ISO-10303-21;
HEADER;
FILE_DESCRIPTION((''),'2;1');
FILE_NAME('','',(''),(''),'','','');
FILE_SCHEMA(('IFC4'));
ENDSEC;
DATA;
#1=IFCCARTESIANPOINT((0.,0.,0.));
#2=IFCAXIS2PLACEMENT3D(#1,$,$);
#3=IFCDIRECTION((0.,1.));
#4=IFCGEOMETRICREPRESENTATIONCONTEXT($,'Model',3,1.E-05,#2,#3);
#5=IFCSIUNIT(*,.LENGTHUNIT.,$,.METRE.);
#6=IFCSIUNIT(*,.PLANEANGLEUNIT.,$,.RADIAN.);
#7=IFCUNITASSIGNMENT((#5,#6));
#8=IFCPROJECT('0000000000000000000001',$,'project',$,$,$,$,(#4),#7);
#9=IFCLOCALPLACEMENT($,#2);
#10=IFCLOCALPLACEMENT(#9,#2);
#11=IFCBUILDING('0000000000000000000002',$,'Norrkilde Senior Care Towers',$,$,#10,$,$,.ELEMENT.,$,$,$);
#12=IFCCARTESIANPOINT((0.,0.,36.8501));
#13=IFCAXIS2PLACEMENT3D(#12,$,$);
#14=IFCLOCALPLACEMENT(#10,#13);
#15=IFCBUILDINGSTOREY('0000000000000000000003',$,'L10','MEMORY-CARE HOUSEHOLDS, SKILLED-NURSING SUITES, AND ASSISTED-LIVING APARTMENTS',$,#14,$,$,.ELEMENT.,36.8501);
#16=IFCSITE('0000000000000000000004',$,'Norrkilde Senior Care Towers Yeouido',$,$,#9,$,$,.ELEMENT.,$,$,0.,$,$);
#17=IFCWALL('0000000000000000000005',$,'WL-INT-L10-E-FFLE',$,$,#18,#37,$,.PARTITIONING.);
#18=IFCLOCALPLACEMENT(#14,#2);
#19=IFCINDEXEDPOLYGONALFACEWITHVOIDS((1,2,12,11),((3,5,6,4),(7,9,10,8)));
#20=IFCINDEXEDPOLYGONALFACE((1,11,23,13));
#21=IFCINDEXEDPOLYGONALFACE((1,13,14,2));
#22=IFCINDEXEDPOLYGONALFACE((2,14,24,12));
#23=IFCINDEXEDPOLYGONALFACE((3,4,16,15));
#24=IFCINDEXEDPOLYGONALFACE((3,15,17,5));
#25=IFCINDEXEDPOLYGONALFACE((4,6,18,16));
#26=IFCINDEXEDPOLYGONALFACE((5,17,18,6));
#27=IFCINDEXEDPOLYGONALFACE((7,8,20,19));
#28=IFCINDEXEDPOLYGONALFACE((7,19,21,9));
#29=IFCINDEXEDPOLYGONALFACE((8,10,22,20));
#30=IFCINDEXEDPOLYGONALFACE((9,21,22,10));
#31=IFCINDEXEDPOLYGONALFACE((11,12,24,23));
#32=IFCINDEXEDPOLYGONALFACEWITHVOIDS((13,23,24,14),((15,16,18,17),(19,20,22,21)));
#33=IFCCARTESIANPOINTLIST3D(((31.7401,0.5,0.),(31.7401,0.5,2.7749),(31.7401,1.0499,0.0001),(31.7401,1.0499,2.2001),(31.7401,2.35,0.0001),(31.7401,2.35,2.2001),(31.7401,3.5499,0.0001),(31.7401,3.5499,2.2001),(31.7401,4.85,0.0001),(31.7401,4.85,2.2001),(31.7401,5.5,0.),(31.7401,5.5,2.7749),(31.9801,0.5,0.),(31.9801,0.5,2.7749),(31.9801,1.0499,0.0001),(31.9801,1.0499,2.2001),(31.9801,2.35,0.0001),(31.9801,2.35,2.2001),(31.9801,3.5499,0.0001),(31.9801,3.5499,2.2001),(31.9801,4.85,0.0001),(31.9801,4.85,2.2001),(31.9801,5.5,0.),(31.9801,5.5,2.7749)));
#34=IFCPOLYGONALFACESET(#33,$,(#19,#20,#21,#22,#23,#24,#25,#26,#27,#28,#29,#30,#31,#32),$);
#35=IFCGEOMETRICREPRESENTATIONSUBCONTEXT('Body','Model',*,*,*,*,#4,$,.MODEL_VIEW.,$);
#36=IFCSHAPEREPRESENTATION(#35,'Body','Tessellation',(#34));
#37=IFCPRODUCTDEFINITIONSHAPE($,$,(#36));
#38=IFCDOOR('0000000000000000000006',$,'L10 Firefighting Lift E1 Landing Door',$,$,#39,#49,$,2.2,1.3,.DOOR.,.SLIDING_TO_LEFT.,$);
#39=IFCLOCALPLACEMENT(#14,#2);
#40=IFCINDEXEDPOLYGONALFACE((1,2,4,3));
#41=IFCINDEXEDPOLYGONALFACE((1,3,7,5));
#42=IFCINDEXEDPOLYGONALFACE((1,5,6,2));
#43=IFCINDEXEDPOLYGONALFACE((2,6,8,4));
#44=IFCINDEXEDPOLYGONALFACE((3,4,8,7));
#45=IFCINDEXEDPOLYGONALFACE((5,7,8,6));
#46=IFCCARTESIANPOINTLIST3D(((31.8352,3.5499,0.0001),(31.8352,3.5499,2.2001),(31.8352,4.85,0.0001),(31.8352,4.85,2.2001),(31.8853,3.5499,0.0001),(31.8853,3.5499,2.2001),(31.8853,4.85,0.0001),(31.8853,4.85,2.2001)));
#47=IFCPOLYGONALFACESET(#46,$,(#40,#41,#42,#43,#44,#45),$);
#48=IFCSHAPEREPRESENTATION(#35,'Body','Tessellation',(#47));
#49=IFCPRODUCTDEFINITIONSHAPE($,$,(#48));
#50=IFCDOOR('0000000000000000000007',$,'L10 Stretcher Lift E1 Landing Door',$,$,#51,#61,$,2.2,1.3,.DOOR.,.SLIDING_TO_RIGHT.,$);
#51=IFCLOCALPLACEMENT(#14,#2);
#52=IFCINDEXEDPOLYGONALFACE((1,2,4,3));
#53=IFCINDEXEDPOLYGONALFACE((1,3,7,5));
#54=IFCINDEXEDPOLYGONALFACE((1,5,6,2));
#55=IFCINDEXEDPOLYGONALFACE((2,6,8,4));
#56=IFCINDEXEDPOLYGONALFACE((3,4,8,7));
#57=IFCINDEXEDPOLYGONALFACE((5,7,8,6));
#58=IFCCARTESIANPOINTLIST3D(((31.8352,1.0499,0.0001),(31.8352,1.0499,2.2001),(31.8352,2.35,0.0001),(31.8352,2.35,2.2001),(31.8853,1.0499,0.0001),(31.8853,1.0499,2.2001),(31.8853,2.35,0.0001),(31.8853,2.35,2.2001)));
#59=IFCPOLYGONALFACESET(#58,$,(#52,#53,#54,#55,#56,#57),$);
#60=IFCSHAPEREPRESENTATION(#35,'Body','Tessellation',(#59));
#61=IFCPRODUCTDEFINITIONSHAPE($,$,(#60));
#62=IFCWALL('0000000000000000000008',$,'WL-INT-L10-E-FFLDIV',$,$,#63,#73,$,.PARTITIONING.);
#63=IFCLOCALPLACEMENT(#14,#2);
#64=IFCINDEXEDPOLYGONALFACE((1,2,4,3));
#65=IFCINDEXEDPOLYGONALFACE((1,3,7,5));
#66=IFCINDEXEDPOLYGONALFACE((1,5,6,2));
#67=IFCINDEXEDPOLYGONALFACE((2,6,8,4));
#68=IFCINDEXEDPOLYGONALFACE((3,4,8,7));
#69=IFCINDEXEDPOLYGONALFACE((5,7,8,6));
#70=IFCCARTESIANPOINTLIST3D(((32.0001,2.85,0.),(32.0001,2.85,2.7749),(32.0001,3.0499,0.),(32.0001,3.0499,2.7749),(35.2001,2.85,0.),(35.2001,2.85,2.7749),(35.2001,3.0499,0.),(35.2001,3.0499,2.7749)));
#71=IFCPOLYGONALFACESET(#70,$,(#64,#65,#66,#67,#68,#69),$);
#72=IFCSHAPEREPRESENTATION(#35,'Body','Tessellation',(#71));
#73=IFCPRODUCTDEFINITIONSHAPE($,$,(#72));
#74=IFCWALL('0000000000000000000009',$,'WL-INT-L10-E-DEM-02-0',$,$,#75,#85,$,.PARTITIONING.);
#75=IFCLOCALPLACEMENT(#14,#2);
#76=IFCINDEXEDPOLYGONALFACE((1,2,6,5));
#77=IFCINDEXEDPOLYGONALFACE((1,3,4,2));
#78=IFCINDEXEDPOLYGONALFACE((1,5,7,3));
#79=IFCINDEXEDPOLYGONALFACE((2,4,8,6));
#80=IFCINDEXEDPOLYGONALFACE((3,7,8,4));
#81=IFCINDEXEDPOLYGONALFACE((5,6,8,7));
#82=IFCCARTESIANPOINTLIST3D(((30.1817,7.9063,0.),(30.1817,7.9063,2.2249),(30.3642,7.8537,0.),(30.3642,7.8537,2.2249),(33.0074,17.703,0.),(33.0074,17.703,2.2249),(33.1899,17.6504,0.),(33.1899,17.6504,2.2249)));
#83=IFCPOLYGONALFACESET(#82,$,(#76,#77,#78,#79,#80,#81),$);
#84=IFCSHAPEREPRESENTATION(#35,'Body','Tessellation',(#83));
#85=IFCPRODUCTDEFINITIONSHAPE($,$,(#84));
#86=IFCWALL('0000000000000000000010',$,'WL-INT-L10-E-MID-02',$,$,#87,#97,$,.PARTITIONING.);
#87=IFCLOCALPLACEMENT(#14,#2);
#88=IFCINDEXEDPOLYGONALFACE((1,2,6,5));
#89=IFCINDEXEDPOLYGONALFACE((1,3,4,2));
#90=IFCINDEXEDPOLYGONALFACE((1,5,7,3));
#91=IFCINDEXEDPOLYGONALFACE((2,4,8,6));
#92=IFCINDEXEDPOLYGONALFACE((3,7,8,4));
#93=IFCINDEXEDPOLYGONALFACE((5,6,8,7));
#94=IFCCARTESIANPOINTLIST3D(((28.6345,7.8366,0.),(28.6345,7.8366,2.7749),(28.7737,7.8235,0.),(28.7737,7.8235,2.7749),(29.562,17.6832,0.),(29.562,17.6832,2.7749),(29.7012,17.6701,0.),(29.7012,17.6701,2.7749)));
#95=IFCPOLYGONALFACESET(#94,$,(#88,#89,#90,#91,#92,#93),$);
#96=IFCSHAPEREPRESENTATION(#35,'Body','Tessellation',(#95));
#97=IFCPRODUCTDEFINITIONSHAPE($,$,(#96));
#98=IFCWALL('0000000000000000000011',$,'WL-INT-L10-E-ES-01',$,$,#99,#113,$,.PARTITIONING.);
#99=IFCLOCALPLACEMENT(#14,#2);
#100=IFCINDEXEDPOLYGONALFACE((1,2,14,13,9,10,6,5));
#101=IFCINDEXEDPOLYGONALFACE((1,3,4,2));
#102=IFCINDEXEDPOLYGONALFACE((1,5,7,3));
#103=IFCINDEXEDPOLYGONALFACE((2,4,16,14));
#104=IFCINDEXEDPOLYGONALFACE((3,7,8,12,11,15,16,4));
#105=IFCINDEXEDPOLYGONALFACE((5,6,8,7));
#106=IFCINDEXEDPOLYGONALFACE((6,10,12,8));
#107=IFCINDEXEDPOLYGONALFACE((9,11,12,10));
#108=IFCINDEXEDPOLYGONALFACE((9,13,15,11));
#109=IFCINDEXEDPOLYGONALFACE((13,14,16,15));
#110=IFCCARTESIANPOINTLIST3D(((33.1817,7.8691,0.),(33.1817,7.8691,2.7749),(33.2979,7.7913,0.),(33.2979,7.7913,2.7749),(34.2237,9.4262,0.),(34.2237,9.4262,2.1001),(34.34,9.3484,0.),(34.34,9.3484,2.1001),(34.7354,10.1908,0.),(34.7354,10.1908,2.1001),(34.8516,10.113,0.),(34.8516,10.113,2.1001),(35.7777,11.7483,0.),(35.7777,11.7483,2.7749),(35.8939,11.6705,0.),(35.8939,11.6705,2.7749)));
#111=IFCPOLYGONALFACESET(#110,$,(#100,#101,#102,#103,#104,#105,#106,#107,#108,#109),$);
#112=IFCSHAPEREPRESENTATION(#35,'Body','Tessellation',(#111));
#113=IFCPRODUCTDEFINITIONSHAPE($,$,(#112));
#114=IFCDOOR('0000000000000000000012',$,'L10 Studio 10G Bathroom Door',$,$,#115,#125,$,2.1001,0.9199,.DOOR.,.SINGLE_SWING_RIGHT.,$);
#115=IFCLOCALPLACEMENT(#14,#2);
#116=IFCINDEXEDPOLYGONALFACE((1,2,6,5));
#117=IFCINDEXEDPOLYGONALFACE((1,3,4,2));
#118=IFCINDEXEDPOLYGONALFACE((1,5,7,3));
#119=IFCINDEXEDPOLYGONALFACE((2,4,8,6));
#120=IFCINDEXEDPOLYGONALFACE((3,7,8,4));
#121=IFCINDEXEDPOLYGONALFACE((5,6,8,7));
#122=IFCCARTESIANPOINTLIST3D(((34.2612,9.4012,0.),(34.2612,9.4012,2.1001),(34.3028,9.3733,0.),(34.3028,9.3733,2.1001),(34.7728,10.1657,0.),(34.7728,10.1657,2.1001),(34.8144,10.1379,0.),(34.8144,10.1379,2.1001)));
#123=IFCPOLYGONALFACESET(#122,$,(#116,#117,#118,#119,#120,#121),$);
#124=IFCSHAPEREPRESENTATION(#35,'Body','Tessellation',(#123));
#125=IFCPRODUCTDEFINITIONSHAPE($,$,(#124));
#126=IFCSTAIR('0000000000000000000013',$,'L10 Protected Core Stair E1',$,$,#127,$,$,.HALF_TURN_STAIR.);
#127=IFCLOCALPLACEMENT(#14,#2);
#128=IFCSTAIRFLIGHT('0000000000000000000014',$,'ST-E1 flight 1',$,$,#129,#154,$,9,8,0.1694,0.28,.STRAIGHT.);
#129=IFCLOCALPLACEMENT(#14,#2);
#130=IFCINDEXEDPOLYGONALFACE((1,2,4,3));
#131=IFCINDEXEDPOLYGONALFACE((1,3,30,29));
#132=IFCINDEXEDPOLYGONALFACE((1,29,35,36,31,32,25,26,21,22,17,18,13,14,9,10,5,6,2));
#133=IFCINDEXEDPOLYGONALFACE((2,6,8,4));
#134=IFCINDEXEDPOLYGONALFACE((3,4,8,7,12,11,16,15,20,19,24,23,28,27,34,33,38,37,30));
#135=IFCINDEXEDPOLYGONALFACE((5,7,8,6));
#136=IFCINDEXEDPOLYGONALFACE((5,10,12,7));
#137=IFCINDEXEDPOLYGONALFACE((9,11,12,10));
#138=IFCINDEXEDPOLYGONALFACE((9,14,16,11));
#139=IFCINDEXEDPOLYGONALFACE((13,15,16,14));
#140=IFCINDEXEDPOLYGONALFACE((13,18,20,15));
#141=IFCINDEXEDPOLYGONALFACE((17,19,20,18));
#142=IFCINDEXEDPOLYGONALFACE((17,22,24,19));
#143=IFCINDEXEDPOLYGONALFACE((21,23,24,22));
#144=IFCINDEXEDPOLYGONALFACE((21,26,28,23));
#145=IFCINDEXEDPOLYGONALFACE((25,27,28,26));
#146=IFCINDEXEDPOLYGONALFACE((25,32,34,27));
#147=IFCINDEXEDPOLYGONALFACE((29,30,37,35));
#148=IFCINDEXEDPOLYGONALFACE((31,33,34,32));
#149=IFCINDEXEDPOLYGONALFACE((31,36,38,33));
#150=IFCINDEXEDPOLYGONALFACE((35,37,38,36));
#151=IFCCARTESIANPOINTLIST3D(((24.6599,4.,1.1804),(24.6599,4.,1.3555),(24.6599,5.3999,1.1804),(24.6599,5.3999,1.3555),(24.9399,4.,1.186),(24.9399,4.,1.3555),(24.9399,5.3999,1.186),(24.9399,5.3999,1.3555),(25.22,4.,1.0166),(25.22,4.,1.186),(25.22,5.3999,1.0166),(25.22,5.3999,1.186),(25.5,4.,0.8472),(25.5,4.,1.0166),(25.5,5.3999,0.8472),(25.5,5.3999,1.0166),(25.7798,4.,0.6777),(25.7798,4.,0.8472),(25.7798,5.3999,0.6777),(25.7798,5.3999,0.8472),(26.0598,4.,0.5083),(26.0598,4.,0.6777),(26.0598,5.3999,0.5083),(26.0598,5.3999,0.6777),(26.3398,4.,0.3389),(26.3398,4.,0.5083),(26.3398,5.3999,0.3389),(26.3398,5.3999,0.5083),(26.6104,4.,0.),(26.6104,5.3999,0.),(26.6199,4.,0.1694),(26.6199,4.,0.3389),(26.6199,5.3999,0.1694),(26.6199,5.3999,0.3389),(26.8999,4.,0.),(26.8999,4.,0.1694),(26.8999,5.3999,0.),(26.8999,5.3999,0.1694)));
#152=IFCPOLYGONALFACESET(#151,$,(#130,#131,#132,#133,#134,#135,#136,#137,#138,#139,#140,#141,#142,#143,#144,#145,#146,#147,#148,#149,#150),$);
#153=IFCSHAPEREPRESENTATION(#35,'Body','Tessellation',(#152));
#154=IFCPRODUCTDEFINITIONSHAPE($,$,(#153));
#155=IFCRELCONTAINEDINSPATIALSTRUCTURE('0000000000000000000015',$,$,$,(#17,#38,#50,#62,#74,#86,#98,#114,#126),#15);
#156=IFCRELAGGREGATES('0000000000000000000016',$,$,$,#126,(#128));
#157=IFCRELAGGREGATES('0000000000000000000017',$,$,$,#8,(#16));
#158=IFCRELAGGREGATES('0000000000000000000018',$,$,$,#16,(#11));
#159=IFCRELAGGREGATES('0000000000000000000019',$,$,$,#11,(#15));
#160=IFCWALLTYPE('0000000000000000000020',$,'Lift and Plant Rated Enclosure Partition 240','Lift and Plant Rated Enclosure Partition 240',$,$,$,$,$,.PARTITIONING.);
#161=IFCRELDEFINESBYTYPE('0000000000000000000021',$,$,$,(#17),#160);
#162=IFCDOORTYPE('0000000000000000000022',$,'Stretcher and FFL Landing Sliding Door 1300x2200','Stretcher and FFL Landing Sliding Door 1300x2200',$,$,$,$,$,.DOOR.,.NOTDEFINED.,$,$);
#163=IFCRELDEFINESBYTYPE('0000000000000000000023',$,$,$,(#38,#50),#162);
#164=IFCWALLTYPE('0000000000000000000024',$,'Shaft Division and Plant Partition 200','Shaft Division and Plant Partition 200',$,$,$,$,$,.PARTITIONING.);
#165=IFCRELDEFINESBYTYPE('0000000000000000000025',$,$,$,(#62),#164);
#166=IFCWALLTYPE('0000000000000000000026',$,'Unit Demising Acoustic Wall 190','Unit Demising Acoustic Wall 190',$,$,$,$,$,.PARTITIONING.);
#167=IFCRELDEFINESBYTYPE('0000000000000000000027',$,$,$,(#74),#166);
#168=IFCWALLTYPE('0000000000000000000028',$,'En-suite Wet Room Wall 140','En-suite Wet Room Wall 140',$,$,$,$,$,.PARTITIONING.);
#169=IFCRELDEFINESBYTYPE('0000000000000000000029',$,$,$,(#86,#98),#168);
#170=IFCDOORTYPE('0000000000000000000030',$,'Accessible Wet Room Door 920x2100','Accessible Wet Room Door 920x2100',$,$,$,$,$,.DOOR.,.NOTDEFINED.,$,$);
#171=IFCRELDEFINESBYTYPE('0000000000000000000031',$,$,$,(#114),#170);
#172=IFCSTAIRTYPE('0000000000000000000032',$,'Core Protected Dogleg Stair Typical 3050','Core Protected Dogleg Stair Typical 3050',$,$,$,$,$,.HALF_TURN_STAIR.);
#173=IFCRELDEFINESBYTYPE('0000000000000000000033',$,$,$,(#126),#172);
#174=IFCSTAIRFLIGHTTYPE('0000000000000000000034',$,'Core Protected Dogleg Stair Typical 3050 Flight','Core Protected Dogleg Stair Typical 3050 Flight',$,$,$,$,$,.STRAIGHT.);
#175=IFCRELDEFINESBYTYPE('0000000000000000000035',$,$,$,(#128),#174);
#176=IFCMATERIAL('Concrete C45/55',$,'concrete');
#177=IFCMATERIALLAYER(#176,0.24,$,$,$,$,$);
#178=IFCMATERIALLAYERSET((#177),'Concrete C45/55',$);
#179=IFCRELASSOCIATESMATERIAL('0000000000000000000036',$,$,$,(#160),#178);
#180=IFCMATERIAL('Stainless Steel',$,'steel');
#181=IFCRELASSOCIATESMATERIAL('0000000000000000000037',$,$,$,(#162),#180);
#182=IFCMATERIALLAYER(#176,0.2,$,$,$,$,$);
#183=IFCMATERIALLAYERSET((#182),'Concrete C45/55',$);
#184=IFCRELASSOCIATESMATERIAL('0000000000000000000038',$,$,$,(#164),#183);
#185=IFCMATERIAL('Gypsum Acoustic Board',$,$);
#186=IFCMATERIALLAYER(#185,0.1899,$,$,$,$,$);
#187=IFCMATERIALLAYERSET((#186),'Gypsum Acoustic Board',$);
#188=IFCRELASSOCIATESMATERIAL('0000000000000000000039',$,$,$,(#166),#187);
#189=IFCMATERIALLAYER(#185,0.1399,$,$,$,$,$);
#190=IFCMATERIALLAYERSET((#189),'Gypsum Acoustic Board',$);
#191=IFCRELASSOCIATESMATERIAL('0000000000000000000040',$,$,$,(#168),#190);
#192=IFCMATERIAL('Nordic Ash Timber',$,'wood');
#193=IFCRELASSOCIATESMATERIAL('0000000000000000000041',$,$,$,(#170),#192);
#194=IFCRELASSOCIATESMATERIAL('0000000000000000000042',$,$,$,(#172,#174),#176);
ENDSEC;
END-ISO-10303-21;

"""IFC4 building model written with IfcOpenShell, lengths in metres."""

from ifc_helpers import new_model, si_unit, direction, frame, frame_2d, origin, place, context, subcontext, project, spatial, polyline, rectangle, outline, extrude, source, transform, mapped, material, layer, layer_set, type_object, type_shapes, element, fill, aggregate, save


model = new_model("IFC4")

# Units and contexts
model_context = context("Model", 3, precision=1e-05, world=origin(), true_north=direction((0.0, 1.0)))
body_context = subcontext(model_context, "Body", "Model", "MODEL_VIEW")
ifc_project = project(units=[si_unit("LENGTHUNIT", "METRE"), si_unit("PLANEANGLEUNIT", "RADIAN")], contexts=[model_context])

# Site, building, storey
site_placement = place(None, origin())
site = spatial("IfcSite", under=ifc_project, at=site_placement, Name="Norrkilde Senior Care Towers Yeouido", CompositionType="ELEMENT", RefElevation=0.0)
building_placement = place(site_placement, origin())
building = spatial("IfcBuilding", under=site, at=building_placement, Name="Norrkilde Senior Care Towers", CompositionType="ELEMENT")
storey_placement = place(building_placement, frame((0.0, 0.0, 36.8501)))
storey = spatial("IfcBuildingStorey", under=building, at=storey_placement, Name="L10", Description="MEMORY-CARE HOUSEHOLDS, SKILLED-NURSING SUITES, AND ASSISTED-LIVING APARTMENTS", CompositionType="ELEMENT", Elevation=36.8501)

# Shared definitions
ifc_material_1 = material(Name="Concrete C45/55", Category="concrete")

# Wall, openings, doors
ifc_layer_1 = layer(ifc_material_1, 0.24)
ifc_layer_set_1 = layer_set([ifc_layer_1], Name="Concrete C45/55")
wall_type_1 = type_object("IfcWallType", Name="Lift and Plant Rated Enclosure Partition 240", Description="Lift and Plant Rated Enclosure Partition 240", PredefinedType="PARTITIONING", material=ifc_layer_set_1)
shared_shape_1 = source(origin(), body_context, "Body", "SweptSolid", [
    extrude(rectangle(XDim=5.0, YDim=0.24, at=frame_2d((2.5, 0.0))), origin(), (0.0, 0.0, 1.0), 2.7749),
])
type_shapes(wall_type_1, [shared_shape_1])
wall_1_placement = place(storey_placement, frame((31.8601, 0.5, 0.0), z_axis=(0.0, 0.0, 1.0), x_axis=(0.0, 1.0, 0.0)))
wall_1 = element("IfcWall", 1, at=wall_1_placement, inside=storey, type_object=wall_type_1, Name="WL-INT-L10-E-FFLE", PredefinedType="PARTITIONING", context=body_context, shape_type="MappedRepresentation", body=[
    mapped(shared_shape_1, transform((0.0, 0.0, 0.0), x_axis=(1.0, 0.0, 0.0), y_axis=(0.0, 1.0, 0.0), z_axis=(0.0, 0.0, 1.0), scale=1.0)),
])
opening_1_placement = place(wall_1_placement, frame((3.05, 0.0, 0.0)))
opening_1 = element("IfcOpeningElement", 2, at=opening_1_placement, cuts=wall_1, PredefinedType="OPENING", context=body_context, shape_type="SweptSolid", body=[
    extrude(rectangle(XDim=1.3, YDim=2.2, at=frame_2d((0.6499, 1.1001))), frame((0.0, 0.1299, 0.0), z_axis=(0.0, -1.0, 0.0), x_axis=(1.0, 0.0, 0.0)), (0.0, 0.0, 1.0), 0.26),
])
opening_2_placement = place(wall_1_placement, frame((0.55, 0.0, 0.0)))
opening_2 = element("IfcOpeningElement", 3, at=opening_2_placement, cuts=wall_1, PredefinedType="OPENING", context=body_context, shape_type="SweptSolid", body=[
    extrude(rectangle(XDim=1.3, YDim=2.2, at=frame_2d((0.6499, 1.1001))), frame((0.0, 0.1299, 0.0), z_axis=(0.0, -1.0, 0.0), x_axis=(1.0, 0.0, 0.0)), (0.0, 0.0, 1.0), 0.26),
])
ifc_material_2 = material(Name="Stainless Steel", Category="steel")
door_type_1 = type_object("IfcDoorType", Name="Stretcher and FFL Landing Sliding Door 1300x2200", Description="Stretcher and FFL Landing Sliding Door 1300x2200", OperationType="NOTDEFINED", PredefinedType="DOOR", material=ifc_material_2)
shared_shape_2 = source(origin(), body_context, "Body", "SweptSolid", [
    extrude(rectangle(XDim=1.3, YDim=2.2, at=frame_2d((0.6499, 1.1001))), frame((0.0, 0.0249, 0.0), z_axis=(0.0, -1.0, 0.0), x_axis=(1.0, 0.0, 0.0)), (0.0, 0.0, 1.0), 0.05),
])
type_shapes(door_type_1, [shared_shape_2])
door_1_placement = place(opening_1_placement, origin())
door_1 = element("IfcDoor", 4, at=door_1_placement, inside=storey, type_object=door_type_1, Name="L10 Firefighting Lift E1 Landing Door", OperationType="SLIDING_TO_LEFT", OverallHeight=2.2, OverallWidth=1.3, PredefinedType="DOOR", context=body_context, shape_type="MappedRepresentation", body=[
    mapped(shared_shape_2, transform((0.0, 0.0, 0.0), x_axis=(1.0, 0.0, 0.0), y_axis=(0.0, 1.0, 0.0), z_axis=(0.0, 0.0, 1.0), scale=1.0)),
])
fill(opening_1, door_1)
door_2_placement = place(opening_2_placement, origin())
door_2 = element("IfcDoor", 5, at=door_2_placement, inside=storey, type_object=door_type_1, Name="L10 Stretcher Lift E1 Landing Door", OperationType="SLIDING_TO_RIGHT", OverallHeight=2.2, OverallWidth=1.3, PredefinedType="DOOR", context=body_context, shape_type="MappedRepresentation", body=[
    mapped(shared_shape_2, transform((0.0, 0.0, 0.0), x_axis=(1.0, 0.0, 0.0), y_axis=(0.0, 1.0, 0.0), z_axis=(0.0, 0.0, 1.0), scale=1.0)),
])
fill(opening_2, door_2)

# Wall
ifc_layer_2 = layer(ifc_material_1, 0.2)
ifc_layer_set_2 = layer_set([ifc_layer_2], Name="Concrete C45/55")
wall_type_2 = type_object("IfcWallType", Name="Shaft Division and Plant Partition 200", Description="Shaft Division and Plant Partition 200", PredefinedType="PARTITIONING", material=ifc_layer_set_2)
shared_shape_3 = source(origin(), body_context, "Body", "SweptSolid", [
    extrude(rectangle(XDim=3.2, YDim=0.2, at=frame_2d((1.6001, 0.0))), origin(), (0.0, 0.0, 1.0), 2.7749),
])
type_shapes(wall_type_2, [shared_shape_3])
wall_2_placement = place(storey_placement, frame((32.0, 2.95, 0.0), z_axis=(0.0, 0.0, 1.0), x_axis=(1.0, 0.0, 0.0)))
element("IfcWall", 6, at=wall_2_placement, inside=storey, type_object=wall_type_2, Name="WL-INT-L10-E-FFLDIV", PredefinedType="PARTITIONING", context=body_context, shape_type="MappedRepresentation", body=[
    mapped(shared_shape_3, transform((0.0, 0.0, 0.0), x_axis=(1.0, 0.0, 0.0), y_axis=(0.0, 1.0, 0.0), z_axis=(0.0, 0.0, 1.0), scale=1.0)),
])

# Walls
ifc_material_3 = material(Name="Gypsum Acoustic Board")
ifc_layer_3 = layer(ifc_material_3, 0.1899)
ifc_layer_set_3 = layer_set([ifc_layer_3], Name="Gypsum Acoustic Board")
wall_type_3 = type_object("IfcWallType", Name="Unit Demising Acoustic Wall 190", Description="Unit Demising Acoustic Wall 190", PredefinedType="PARTITIONING", material=ifc_layer_set_3)
shared_shape_4 = source(origin(), body_context, "Body", "SweptSolid", [
    extrude(rectangle(XDim=10.196, YDim=0.1899, at=frame_2d((5.0981, 0.0))), origin(), (0.0, 0.0, 1.0), 2.2249),
])
type_shapes(wall_type_3, [shared_shape_4])
wall_3_placement = place(storey_placement, frame((30.2729, 7.8799, 0.0), z_axis=(0.0, 0.0, 1.0), x_axis=(0.277136, 0.960831, 0.0)))
element("IfcWall", 7, at=wall_3_placement, inside=storey, type_object=wall_type_3, Name="WL-INT-L10-E-DEM-02-0", PredefinedType="PARTITIONING", context=body_context, shape_type="MappedRepresentation", body=[
    mapped(shared_shape_4, transform((0.0, 0.0, 0.0), x_axis=(1.0, 0.0, 0.0), y_axis=(0.0, 1.0, 0.0), z_axis=(0.0, 0.0, 1.0), scale=1.0)),
])
ifc_layer_4 = layer(ifc_material_3, 0.1399)
ifc_layer_set_4 = layer_set([ifc_layer_4], Name="Gypsum Acoustic Board")
wall_type_4 = type_object("IfcWallType", Name="En-suite Wet Room Wall 140", Description="En-suite Wet Room Wall 140", PredefinedType="PARTITIONING", material=ifc_layer_set_4)
shared_shape_5 = source(origin(), body_context, "Body", "SweptSolid", [
    extrude(rectangle(XDim=9.8901, YDim=0.1399, at=frame_2d((4.9451, 0.0))), origin(), (0.0, 0.0, 1.0), 2.7749),
])
wall_4_placement = place(storey_placement, frame((28.7041, 7.8301, 0.0), z_axis=(0.0, 0.0, 1.0), x_axis=(0.09378, 0.995593, 0.0)))
element("IfcWall", 8, at=wall_4_placement, inside=storey, type_object=wall_type_4, Name="WL-INT-L10-E-MID-02", PredefinedType="PARTITIONING", context=body_context, shape_type="MappedRepresentation", body=[
    mapped(shared_shape_5, transform((0.0, 0.0, 0.0), x_axis=(1.0, 0.0, 0.0), y_axis=(0.0, 1.0, 0.0), z_axis=(0.0, 0.0, 1.0), scale=1.0)),
])

# Wall, opening, door
shared_shape_6 = source(origin(), body_context, "Body", "SweptSolid", [
    extrude(rectangle(XDim=4.6677, YDim=0.1399, at=frame_2d((2.334, 0.0))), origin(), (0.0, 0.0, 1.0), 2.7749),
])
type_shapes(wall_type_4, [shared_shape_5, shared_shape_6])
wall_5_placement = place(storey_placement, frame((33.2397, 7.8301, 0.0), z_axis=(0.0, 0.0, 1.0), x_axis=(0.55616, 0.831075, 0.0)))
wall_5 = element("IfcWall", 9, at=wall_5_placement, inside=storey, type_object=wall_type_4, Name="WL-INT-L10-E-ES-01", PredefinedType="PARTITIONING", context=body_context, shape_type="MappedRepresentation", body=[
    mapped(shared_shape_6, transform((0.0, 0.0, 0.0), x_axis=(1.0, 0.0, 0.0), y_axis=(0.0, 1.0, 0.0), z_axis=(0.0, 0.0, 1.0), scale=1.0)),
])
opening_3_placement = place(wall_5_placement, frame((1.8738, 0.0, 0.0)))
opening_3 = element("IfcOpeningElement", 10, at=opening_3_placement, cuts=wall_5, PredefinedType="OPENING", context=body_context, shape_type="SweptSolid", body=[
    extrude(rectangle(XDim=0.9199, YDim=2.1001, at=frame_2d((0.46, 1.05))), frame((0.0, 0.0798, 0.0), z_axis=(0.0, -1.0, 0.0), x_axis=(1.0, 0.0, 0.0)), (0.0, 0.0, 1.0), 0.1599),
])
ifc_material_4 = material(Name="Nordic Ash Timber", Category="wood")
door_type_2 = type_object("IfcDoorType", Name="Accessible Wet Room Door 920x2100", Description="Accessible Wet Room Door 920x2100", OperationType="NOTDEFINED", PredefinedType="DOOR", material=ifc_material_4)
shared_shape_7 = source(origin(), body_context, "Body", "SweptSolid", [
    extrude(rectangle(XDim=0.9199, YDim=2.1001, at=frame_2d((0.46, 1.05))), frame((0.0, 0.0249, 0.0), z_axis=(0.0, -1.0, 0.0), x_axis=(1.0, 0.0, 0.0)), (0.0, 0.0, 1.0), 0.05),
])
type_shapes(door_type_2, [shared_shape_7])
door_3_placement = place(opening_3_placement, origin())
door_3 = element("IfcDoor", 11, at=door_3_placement, inside=storey, type_object=door_type_2, Name="L10 Studio 10G Bathroom Door", OperationType="SINGLE_SWING_RIGHT", OverallHeight=2.1001, OverallWidth=0.9199, PredefinedType="DOOR", context=body_context, shape_type="MappedRepresentation", body=[
    mapped(shared_shape_7, transform((0.0, 0.0, 0.0), x_axis=(1.0, 0.0, 0.0), y_axis=(0.0, 1.0, 0.0), z_axis=(0.0, 0.0, 1.0), scale=1.0)),
])
fill(opening_3, door_3)

# Stair, stair flight
stair_type = type_object("IfcStairType", Name="Core Protected Dogleg Stair Typical 3050", Description="Core Protected Dogleg Stair Typical 3050", PredefinedType="HALF_TURN_STAIR", material=ifc_material_1)
stair_placement = place(storey_placement, origin())
stair = element("IfcStair", 12, at=stair_placement, inside=storey, type_object=stair_type, Name="L10 Protected Core Stair E1", PredefinedType="HALF_TURN_STAIR")
stair_flight_type = type_object("IfcStairFlightType", Name="Core Protected Dogleg Stair Typical 3050 Flight", Description="Core Protected Dogleg Stair Typical 3050 Flight", PredefinedType="STRAIGHT", material=ifc_material_1)
stair_flight_placement = place(storey_placement, frame((26.8999, 4.7, 0.0), z_axis=(0.0, 0.0, 1.0), x_axis=(-1.0, 0.0, 0.0)))
stair_flight = element("IfcStairFlight", 13, at=stair_flight_placement, type_object=stair_flight_type, Name="ST-E1 flight 1", NumberOfRisers=9, NumberOfTreads=8, PredefinedType="STRAIGHT", RiserHeight=0.1694, TreadLength=0.28, context=body_context, shape_type="SweptSolid", body=[
    extrude(outline(polyline([(0.0, 0.0), (0.0, 0.1694), (0.28, 0.1694), (0.28, 0.3389), (0.5601, 0.3389), (0.5601, 0.5083), (0.8401, 0.5083), (0.8401, 0.6777), (1.1201, 0.6777), (1.1201, 0.8472), (1.3999, 0.8472), (1.3999, 1.0166), (1.6799, 1.0166), (1.6799, 1.186), (1.96, 1.186), (1.96, 1.3555), (2.24, 1.3555), (2.24, 1.5249), (2.24, 1.1804), (0.2896, 0.0), (0.0, 0.0)])), frame((0.0, 0.7, 0.0), z_axis=(0.0, -1.0, 0.0), x_axis=(1.0, 0.0, 0.0)), (0.0, 0.0, 1.0), 1.3999),
])
aggregate(stair, [stair_flight])

save(model, "model.ifc")
